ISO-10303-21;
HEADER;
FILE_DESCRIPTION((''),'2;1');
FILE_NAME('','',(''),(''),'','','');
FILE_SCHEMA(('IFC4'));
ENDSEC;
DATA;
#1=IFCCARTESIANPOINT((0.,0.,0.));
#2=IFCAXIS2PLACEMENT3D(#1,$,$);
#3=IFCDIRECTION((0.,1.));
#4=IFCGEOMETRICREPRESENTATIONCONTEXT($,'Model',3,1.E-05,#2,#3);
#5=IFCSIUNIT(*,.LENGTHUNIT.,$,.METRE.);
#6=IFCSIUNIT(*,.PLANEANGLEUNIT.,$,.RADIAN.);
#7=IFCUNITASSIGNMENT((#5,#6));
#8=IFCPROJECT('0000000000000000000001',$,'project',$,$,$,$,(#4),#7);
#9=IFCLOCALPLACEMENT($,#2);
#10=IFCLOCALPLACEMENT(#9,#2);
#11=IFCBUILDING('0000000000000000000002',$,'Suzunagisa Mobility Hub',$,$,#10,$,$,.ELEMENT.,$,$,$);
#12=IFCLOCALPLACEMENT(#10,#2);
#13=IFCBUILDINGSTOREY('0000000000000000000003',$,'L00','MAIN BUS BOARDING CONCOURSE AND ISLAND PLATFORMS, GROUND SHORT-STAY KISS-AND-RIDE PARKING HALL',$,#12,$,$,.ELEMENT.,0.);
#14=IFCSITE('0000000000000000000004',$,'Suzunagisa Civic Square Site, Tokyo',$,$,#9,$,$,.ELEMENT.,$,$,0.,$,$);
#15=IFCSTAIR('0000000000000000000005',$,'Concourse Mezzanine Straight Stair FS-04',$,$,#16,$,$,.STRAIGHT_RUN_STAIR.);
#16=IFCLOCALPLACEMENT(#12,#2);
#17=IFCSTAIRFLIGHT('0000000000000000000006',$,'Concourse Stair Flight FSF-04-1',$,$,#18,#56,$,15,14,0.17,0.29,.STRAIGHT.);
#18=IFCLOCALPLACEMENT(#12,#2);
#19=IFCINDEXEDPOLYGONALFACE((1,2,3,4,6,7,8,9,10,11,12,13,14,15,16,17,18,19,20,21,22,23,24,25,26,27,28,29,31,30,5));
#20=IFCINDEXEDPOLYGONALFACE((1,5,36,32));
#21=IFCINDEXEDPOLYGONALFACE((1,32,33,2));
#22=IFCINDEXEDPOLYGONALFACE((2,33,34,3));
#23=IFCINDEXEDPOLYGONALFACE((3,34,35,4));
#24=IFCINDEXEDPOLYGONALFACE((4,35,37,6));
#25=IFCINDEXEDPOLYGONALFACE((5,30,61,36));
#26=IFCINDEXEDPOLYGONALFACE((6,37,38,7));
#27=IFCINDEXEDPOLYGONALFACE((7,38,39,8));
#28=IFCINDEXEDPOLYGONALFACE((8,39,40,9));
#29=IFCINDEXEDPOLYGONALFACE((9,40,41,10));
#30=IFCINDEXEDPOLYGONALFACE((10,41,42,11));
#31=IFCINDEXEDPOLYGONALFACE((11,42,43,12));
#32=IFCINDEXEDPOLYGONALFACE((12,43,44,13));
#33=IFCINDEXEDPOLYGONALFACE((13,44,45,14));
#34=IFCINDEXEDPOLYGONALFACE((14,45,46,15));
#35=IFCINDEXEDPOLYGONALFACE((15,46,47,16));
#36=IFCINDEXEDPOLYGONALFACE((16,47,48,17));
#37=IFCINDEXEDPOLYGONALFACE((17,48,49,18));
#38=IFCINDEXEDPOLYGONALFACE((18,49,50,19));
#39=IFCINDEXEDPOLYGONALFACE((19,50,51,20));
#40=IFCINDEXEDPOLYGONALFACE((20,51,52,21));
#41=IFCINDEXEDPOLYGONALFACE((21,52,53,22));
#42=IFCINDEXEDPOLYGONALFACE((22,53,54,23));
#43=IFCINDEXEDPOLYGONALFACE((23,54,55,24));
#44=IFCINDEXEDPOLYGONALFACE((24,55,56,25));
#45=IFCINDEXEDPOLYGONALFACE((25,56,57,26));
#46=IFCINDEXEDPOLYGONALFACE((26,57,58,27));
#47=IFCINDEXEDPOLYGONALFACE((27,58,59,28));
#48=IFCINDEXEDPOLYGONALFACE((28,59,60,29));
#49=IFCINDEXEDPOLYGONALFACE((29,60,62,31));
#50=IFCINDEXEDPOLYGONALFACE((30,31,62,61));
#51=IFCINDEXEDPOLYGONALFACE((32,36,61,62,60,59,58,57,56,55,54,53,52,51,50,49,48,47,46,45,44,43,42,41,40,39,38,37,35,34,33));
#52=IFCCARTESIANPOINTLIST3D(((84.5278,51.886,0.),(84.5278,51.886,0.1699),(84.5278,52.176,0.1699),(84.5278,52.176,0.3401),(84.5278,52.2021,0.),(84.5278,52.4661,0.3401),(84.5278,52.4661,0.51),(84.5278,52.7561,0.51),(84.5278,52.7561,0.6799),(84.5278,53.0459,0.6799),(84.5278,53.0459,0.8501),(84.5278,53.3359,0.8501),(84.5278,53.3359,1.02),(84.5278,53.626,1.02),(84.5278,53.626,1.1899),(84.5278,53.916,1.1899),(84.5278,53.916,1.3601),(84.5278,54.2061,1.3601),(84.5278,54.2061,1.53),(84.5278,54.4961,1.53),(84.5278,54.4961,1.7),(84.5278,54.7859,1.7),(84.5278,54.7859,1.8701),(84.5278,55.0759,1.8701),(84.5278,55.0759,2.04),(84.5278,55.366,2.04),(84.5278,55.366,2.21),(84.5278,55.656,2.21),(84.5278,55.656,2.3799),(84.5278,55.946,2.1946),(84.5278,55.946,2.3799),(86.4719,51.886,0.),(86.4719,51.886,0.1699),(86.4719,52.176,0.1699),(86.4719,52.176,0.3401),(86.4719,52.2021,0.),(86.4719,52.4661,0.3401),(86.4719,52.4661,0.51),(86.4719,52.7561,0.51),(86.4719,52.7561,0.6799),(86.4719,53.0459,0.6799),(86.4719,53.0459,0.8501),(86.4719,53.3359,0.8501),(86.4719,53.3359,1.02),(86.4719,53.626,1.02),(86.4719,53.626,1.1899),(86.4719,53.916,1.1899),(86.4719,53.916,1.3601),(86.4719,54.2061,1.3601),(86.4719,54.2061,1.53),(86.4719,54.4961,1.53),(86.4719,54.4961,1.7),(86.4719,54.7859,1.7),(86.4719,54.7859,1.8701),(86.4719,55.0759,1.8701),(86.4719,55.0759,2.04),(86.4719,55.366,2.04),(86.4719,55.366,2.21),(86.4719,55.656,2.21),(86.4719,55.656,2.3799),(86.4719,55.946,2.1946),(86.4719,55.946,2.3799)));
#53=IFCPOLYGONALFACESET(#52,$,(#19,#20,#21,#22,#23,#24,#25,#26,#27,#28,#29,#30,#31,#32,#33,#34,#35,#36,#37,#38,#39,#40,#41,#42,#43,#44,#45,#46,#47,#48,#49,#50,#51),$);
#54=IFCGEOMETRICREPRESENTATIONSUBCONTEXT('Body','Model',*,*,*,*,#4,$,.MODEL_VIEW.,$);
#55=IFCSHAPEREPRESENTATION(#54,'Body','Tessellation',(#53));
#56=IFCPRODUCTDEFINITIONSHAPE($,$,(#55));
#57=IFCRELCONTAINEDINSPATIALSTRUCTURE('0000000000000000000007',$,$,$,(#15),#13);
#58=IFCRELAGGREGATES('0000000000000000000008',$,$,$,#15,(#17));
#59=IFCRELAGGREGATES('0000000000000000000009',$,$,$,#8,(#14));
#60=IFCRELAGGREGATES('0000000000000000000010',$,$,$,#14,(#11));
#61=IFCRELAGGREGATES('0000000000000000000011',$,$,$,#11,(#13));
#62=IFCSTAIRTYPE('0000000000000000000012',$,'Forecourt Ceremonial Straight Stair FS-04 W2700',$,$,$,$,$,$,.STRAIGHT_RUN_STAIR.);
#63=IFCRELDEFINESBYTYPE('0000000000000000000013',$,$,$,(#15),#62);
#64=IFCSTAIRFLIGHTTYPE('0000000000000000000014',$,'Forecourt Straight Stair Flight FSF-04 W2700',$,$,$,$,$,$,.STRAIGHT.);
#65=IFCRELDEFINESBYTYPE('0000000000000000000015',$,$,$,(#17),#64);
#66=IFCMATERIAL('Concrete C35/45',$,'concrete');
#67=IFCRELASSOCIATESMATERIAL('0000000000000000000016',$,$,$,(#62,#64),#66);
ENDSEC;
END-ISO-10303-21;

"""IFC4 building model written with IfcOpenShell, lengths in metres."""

from ifc_helpers import new_model, si_unit, direction, frame, origin, place, context, subcontext, project, spatial, polyline, outline, extrude, material, type_object, element, aggregate, save


model = new_model("IFC4")

# Units and contexts
model_context = context("Model", 3, precision=1e-05, world=origin(), true_north=direction((0.0, 1.0)))
body_context = subcontext(model_context, "Body", "Model", "MODEL_VIEW")
ifc_project = project(units=[si_unit("LENGTHUNIT", "METRE"), si_unit("PLANEANGLEUNIT", "RADIAN")], contexts=[model_context])

# Site, building, storey
site_placement = place(None, origin())
site = spatial("IfcSite", under=ifc_project, at=site_placement, Name="Suzunagisa Civic Square Site, Tokyo", CompositionType="ELEMENT", RefElevation=0.0)
building_placement = place(site_placement, origin())
building = spatial("IfcBuilding", under=site, at=building_placement, Name="Suzunagisa Mobility Hub", CompositionType="ELEMENT")
storey_placement = place(building_placement, origin())
storey = spatial("IfcBuildingStorey", under=building, at=storey_placement, Name="L00", Description="MAIN BUS BOARDING CONCOURSE AND ISLAND PLATFORMS, GROUND SHORT-STAY KISS-AND-RIDE PARKING HALL", CompositionType="ELEMENT", Elevation=0.0)

# Stair, stair flight
ifc_material_1 = material(Name="Concrete C35/45", Category="concrete")
stair_type_1 = type_object("IfcStairType", Name="Forecourt Ceremonial Straight Stair FS-04 W2700", PredefinedType="STRAIGHT_RUN_STAIR", material=ifc_material_1)
stair_1_placement = place(storey_placement, origin())
stair_1 = element("IfcStair", 1, at=stair_1_placement, inside=storey, type_object=stair_type_1, Name="Concourse Mezzanine Straight Stair FS-04", PredefinedType="STRAIGHT_RUN_STAIR")
stair_flight_type_1 = type_object("IfcStairFlightType", Name="Forecourt Straight Stair Flight FSF-04 W2700", PredefinedType="STRAIGHT", material=ifc_material_1)
stair_flight_1_placement = place(storey_placement, frame((85.5, 51.886, 0.0), z_axis=(0.0, 0.0, 1.0), x_axis=(0.0, 1.0, 0.0)))
stair_flight_1 = element("IfcStairFlight", 2, at=stair_flight_1_placement, type_object=stair_flight_type_1, Name="Concourse Stair Flight FSF-04-1", NumberOfRisers=15, NumberOfTreads=14, PredefinedType="STRAIGHT", RiserHeight=0.17, TreadLength=0.29, context=body_context, shape_type="SweptSolid", body=[
    extrude(outline(polyline([(0.0, 0.0), (0.0, 0.1699), (0.29, 0.1699), (0.29, 0.3401), (0.5801, 0.3401), (0.5801, 0.51), (0.8701, 0.51), (0.8701, 0.6799), (1.1599, 0.6799), (1.1599, 0.8501), (1.45, 0.8501), (1.45, 1.02), (1.74, 1.02), (1.74, 1.1899), (2.03, 1.1899), (2.03, 1.3601), (2.3201, 1.3601), (2.3201, 1.53), (2.6101, 1.53), (2.6101, 1.7), (2.8999, 1.7), (2.8999, 1.8701), (3.1899, 1.8701), (3.1899, 2.04), (3.48, 2.04), (3.48, 2.21), (3.77, 2.21), (3.77, 2.3799), (4.0601, 2.3799), (4.0601, 2.55), (4.0601, 2.1946), (0.3162, 0.0), (0.0, 0.0)])), frame((0.0, 0.9722, 0.0), z_axis=(0.0, -1.0, 0.0), x_axis=(1.0, 0.0, 0.0)), (0.0, 0.0, 1.0), 1.9441),
])
aggregate(stair_1, [stair_flight_1])

save(model, "model.ifc")
